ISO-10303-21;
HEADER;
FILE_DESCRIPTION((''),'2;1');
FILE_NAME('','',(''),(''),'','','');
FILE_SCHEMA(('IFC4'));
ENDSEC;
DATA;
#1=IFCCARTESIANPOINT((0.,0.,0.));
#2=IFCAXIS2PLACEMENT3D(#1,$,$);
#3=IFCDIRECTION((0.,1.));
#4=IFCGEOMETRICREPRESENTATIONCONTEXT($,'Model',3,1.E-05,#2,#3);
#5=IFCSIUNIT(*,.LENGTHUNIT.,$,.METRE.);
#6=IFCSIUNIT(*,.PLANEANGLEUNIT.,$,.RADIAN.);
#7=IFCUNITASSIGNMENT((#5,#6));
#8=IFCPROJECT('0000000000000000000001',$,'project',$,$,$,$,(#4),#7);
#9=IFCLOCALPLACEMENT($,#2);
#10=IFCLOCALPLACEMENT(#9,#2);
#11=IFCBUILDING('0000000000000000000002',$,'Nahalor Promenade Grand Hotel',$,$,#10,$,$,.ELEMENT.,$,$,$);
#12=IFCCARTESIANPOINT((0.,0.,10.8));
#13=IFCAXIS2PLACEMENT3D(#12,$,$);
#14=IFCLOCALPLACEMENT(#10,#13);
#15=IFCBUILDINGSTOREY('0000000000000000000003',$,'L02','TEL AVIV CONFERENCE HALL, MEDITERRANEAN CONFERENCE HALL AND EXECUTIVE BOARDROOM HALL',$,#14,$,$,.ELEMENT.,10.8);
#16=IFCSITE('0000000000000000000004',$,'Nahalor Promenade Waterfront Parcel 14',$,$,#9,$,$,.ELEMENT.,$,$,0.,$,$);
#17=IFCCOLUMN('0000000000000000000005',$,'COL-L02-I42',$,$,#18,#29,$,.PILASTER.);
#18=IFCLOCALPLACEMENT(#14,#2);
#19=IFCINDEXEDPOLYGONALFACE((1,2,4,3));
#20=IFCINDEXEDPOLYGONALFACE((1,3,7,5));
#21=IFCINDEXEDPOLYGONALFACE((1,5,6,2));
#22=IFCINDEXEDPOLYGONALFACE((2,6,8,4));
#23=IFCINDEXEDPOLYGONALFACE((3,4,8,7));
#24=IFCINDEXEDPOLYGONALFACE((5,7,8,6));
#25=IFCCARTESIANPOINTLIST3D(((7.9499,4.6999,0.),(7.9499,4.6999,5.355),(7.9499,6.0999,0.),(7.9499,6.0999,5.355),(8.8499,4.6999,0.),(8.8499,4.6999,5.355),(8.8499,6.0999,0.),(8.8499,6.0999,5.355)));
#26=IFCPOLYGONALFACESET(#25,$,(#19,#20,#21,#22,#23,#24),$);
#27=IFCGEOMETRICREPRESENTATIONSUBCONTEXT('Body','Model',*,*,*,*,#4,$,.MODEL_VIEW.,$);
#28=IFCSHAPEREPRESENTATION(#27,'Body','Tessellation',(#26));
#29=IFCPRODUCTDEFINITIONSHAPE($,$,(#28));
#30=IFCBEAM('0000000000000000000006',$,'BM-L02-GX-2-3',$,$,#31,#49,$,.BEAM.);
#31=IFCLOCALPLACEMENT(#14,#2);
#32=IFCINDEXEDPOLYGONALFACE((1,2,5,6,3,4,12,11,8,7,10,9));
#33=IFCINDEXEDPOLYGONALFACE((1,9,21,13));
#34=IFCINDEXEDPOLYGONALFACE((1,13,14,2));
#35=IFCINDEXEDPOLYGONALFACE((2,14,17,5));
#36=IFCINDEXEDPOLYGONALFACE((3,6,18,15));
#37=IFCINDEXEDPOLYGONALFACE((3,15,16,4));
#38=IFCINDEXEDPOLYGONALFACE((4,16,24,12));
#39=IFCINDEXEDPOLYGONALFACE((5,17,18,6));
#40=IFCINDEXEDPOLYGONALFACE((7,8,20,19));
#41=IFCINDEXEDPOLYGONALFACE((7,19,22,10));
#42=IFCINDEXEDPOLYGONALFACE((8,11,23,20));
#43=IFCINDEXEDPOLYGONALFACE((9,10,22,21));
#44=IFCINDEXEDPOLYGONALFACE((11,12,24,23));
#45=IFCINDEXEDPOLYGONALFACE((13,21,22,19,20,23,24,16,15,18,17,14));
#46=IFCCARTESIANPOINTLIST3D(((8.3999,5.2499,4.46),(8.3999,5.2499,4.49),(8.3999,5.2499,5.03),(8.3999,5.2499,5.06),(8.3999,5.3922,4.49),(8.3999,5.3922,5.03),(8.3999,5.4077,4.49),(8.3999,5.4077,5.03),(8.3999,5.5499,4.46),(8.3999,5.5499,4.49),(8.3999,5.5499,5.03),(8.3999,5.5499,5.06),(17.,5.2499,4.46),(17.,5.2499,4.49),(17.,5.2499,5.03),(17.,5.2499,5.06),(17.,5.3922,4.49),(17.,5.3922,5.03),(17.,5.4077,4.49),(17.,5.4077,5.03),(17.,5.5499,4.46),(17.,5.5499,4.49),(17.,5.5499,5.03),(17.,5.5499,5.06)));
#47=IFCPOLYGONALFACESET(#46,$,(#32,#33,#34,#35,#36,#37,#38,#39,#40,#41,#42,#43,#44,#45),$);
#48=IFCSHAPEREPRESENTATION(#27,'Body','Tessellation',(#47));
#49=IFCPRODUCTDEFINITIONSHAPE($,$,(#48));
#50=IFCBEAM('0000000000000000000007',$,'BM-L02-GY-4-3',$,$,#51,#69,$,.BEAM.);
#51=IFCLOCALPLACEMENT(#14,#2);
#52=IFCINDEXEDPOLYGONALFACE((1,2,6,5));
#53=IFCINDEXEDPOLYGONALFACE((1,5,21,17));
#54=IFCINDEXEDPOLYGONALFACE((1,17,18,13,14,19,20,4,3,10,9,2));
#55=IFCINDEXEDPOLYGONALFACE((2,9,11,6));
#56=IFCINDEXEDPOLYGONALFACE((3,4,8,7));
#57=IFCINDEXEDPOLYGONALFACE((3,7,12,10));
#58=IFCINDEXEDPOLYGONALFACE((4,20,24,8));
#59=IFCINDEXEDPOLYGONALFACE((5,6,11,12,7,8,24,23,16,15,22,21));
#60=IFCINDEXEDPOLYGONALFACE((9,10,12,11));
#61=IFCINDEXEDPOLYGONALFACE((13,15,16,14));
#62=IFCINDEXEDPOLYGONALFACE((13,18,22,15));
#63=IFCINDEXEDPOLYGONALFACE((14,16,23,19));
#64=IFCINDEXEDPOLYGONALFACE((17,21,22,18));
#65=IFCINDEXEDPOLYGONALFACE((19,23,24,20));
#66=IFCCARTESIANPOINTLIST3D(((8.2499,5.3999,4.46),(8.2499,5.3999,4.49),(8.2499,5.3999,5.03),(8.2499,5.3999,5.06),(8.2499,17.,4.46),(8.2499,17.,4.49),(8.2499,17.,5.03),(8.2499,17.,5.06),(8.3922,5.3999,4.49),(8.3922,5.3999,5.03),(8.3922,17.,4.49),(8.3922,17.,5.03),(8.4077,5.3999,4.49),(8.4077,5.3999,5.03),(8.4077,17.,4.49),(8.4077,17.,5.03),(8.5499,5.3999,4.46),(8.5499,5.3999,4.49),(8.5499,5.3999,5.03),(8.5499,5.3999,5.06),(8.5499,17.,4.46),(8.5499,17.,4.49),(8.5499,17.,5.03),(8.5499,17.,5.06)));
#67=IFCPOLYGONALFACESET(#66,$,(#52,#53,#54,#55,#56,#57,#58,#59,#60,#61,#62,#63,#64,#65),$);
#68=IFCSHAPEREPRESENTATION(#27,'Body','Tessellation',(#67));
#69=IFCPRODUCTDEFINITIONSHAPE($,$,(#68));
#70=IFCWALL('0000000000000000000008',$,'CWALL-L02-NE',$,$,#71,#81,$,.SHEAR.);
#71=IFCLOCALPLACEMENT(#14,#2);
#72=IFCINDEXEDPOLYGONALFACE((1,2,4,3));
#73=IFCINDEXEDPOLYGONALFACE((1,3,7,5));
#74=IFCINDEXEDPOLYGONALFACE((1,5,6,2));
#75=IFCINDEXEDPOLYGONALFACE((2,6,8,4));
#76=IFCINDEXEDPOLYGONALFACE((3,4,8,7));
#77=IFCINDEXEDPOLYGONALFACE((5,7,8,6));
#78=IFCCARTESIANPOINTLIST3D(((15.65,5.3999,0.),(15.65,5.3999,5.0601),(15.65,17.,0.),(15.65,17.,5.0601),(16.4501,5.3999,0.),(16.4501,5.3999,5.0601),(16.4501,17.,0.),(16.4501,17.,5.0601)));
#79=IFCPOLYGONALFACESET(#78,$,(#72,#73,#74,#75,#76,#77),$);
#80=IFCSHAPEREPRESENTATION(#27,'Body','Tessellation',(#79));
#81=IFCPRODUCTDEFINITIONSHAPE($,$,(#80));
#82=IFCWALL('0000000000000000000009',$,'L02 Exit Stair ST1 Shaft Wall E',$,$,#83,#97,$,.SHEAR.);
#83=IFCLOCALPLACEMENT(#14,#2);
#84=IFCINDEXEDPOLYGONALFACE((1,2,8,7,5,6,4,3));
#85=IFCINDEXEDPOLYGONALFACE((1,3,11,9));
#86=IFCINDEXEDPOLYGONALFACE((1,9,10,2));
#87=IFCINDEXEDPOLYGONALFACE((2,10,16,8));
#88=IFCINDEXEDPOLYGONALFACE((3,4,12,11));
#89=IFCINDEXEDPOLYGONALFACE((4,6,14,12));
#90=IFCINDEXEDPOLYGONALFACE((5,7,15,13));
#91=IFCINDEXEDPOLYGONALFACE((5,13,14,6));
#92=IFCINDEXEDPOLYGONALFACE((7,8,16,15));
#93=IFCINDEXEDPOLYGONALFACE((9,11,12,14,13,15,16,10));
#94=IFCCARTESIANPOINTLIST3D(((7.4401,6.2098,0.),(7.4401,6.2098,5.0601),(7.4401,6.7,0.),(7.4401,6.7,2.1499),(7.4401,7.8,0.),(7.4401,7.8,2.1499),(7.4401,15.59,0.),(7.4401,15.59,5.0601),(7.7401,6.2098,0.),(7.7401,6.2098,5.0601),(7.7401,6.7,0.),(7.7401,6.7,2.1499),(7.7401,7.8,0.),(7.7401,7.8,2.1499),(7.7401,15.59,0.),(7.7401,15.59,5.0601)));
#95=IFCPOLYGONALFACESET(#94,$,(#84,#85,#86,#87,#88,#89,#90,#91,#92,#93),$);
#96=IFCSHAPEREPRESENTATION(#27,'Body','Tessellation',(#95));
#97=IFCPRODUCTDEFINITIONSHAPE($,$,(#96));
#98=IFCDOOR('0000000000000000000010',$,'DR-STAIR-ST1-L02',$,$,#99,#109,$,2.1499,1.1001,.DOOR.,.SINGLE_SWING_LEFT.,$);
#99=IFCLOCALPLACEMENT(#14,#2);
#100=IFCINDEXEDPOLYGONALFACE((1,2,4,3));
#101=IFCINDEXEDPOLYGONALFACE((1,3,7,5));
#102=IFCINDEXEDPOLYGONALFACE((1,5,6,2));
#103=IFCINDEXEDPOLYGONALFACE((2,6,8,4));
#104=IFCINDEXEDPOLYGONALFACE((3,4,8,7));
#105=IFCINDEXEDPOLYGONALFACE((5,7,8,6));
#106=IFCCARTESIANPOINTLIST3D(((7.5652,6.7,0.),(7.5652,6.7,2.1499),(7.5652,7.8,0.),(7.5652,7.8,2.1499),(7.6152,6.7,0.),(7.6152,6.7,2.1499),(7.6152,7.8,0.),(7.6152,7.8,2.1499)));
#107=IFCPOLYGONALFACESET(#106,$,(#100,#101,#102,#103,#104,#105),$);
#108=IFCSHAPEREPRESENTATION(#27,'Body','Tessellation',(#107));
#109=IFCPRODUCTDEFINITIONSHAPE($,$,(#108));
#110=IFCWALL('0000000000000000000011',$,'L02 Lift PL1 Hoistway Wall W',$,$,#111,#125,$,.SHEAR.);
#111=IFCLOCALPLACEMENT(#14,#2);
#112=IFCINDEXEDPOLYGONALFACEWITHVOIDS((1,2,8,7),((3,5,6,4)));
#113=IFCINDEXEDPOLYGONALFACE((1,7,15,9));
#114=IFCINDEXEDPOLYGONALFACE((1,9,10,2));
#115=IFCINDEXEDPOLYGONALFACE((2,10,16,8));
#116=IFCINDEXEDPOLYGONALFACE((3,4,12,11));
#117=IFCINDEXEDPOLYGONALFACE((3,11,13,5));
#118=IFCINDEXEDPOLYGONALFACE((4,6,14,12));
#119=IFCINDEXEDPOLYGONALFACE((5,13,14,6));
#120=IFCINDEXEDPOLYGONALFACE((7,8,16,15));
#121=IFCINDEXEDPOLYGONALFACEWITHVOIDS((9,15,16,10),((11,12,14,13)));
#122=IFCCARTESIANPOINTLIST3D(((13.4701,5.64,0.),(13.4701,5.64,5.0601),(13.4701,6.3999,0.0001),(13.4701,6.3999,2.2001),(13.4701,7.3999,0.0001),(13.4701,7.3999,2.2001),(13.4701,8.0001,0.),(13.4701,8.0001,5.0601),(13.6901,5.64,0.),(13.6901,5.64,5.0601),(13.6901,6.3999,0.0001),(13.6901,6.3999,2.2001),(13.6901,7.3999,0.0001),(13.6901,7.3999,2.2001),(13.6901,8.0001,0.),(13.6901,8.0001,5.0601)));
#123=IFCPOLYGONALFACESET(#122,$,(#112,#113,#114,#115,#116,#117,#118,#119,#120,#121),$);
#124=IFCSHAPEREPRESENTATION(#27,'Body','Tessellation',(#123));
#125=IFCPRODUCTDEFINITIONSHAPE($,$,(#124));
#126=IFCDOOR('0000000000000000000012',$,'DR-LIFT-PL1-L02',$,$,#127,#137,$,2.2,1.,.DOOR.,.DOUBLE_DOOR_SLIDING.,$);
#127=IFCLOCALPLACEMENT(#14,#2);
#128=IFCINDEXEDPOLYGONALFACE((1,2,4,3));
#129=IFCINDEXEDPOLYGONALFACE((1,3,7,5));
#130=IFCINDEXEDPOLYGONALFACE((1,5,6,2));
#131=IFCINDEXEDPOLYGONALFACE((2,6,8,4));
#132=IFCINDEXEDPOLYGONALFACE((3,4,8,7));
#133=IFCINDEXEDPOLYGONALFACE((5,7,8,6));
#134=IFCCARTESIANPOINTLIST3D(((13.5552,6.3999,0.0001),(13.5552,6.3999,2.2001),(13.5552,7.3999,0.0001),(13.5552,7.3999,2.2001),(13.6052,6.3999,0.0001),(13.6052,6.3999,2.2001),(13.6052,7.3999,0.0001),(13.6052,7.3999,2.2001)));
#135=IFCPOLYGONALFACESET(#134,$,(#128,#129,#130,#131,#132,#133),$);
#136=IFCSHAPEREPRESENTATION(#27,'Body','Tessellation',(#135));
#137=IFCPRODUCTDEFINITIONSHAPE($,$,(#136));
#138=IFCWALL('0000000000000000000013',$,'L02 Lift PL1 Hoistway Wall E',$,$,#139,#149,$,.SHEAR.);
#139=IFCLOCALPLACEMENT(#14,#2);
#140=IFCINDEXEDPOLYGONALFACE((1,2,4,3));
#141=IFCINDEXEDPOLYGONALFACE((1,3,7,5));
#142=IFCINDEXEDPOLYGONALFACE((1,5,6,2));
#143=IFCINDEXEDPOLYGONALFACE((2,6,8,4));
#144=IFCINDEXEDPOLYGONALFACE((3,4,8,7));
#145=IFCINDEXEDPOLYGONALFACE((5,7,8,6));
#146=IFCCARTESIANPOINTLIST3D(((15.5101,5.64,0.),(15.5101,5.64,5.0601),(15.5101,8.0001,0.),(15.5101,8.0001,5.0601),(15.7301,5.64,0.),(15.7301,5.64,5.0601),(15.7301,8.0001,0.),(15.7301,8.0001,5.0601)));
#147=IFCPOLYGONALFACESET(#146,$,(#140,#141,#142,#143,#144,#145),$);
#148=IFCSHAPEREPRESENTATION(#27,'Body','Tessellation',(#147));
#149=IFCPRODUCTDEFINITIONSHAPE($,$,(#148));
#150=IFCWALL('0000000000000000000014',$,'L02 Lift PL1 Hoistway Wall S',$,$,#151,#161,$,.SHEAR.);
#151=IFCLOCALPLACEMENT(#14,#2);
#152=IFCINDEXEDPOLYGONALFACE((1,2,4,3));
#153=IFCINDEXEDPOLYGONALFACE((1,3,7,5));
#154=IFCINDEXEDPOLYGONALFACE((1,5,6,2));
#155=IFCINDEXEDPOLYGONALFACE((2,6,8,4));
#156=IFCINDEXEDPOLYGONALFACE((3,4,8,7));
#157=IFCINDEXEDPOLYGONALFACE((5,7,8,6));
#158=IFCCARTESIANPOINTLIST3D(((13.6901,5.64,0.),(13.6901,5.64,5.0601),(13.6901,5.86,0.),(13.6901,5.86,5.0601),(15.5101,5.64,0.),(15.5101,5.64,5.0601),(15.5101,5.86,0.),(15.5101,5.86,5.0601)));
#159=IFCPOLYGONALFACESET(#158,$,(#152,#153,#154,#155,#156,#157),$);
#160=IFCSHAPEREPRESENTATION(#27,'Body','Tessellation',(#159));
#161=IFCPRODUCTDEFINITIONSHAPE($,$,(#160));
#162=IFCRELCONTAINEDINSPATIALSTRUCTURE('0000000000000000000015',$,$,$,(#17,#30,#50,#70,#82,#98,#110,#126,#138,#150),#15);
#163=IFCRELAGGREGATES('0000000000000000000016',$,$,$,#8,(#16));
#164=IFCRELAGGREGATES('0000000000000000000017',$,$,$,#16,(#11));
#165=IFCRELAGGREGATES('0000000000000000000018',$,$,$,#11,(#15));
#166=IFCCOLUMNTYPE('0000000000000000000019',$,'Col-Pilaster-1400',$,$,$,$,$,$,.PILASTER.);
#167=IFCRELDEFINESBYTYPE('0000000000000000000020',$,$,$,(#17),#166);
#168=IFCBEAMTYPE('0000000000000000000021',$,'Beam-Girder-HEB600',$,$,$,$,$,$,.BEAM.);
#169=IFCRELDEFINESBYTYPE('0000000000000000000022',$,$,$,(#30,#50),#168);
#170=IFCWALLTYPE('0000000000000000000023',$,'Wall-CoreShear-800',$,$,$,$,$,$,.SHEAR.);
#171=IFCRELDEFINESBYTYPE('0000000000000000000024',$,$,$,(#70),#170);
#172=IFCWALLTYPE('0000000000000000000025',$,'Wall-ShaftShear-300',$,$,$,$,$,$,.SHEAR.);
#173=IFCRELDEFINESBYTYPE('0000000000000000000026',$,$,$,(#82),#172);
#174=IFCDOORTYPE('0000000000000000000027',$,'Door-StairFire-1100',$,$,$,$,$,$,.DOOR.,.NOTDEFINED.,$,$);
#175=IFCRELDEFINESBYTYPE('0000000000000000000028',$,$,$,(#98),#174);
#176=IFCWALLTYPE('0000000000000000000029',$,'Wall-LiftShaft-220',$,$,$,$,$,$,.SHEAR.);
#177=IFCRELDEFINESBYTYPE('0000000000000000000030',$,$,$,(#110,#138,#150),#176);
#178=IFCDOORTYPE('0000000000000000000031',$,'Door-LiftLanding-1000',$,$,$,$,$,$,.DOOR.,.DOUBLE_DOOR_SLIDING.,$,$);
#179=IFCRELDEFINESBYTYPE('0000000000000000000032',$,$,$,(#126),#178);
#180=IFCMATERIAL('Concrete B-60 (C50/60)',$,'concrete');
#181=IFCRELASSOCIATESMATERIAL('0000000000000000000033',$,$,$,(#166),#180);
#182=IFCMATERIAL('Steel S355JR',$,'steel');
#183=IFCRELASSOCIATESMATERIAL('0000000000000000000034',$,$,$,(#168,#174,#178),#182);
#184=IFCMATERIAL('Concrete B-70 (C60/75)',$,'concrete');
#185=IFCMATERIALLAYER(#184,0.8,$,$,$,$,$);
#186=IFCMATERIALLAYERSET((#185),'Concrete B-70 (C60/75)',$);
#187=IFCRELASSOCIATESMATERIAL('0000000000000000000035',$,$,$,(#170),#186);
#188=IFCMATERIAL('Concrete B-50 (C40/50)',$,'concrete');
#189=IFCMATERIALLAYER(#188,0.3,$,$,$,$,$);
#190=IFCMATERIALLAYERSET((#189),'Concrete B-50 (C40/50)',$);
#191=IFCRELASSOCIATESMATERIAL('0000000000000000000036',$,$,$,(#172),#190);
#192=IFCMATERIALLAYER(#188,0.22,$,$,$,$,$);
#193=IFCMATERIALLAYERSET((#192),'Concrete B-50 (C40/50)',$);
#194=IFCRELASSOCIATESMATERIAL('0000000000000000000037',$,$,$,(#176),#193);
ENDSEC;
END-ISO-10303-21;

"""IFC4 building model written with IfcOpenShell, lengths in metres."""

from ifc_helpers import new_model, si_unit, direction, frame, frame_2d, origin, origin_2d, place, context, subcontext, project, spatial, rectangle, i_section, extrude, source, transform, mapped, material, layer, layer_set, material_profile, profile_set, type_object, element, fill, save


model = new_model("IFC4")

# Units and contexts
model_context = context("Model", 3, precision=1e-05, world=origin(), true_north=direction((0.0, 1.0)))
body_context = subcontext(model_context, "Body", "Model", "MODEL_VIEW")
ifc_project = project(units=[si_unit("LENGTHUNIT", "METRE"), si_unit("PLANEANGLEUNIT", "RADIAN")], contexts=[model_context])

# Site, building, storey
site_placement = place(None, origin())
site = spatial("IfcSite", under=ifc_project, at=site_placement, Name="Nahalor Promenade Waterfront Parcel 14", CompositionType="ELEMENT", RefElevation=0.0)
building_placement = place(site_placement, origin())
building = spatial("IfcBuilding", under=site, at=building_placement, Name="Nahalor Promenade Grand Hotel", CompositionType="ELEMENT")
storey_placement = place(building_placement, frame((0.0, 0.0, 10.8)))
storey = spatial("IfcBuildingStorey", under=building, at=storey_placement, Name="L02", Description="TEL AVIV CONFERENCE HALL, MEDITERRANEAN CONFERENCE HALL AND EXECUTIVE BOARDROOM HALL", CompositionType="ELEMENT", Elevation=10.8)

# Column
ifc_material_1 = material(Name="Concrete B-60 (C50/60)", Category="concrete")
ifc_material_profile_1 = material_profile(ifc_material_1, rectangle(XDim=0.9, YDim=1.4, at=origin_2d()), Name="RC 900x1400")
ifc_profile_set_1 = profile_set([ifc_material_profile_1], Name="Concrete B-60 (C50/60)")
column_type = type_object("IfcColumnType", Name="Col-Pilaster-1400", PredefinedType="PILASTER", material=ifc_profile_set_1)
shared_shape_1 = source(origin(), body_context, "Body", "SweptSolid", [
    extrude(rectangle(XDim=0.9, YDim=1.4, at=origin_2d()), origin(), (0.0, 0.0, 1.0), 5.355),
])
column_placement = place(storey_placement, frame((8.3999, 5.3999, 0.0), z_axis=(0.0, 0.0, 1.0), x_axis=(1.0, 0.0, 0.0)))
element("IfcColumn", 1, at=column_placement, inside=storey, type_object=column_type, Name="COL-L02-I42", PredefinedType="PILASTER", context=body_context, shape_type="MappedRepresentation", body=[
    mapped(shared_shape_1, transform((0.0, 0.0, 0.0), scale=1.0)),
])

# Beams
ifc_material_2 = material(Name="Steel S355JR", Category="steel")
ifc_material_profile_2 = material_profile(ifc_material_2, i_section(OverallWidth=0.3, OverallDepth=0.6, WebThickness=0.0155, FlangeThickness=0.03, at=origin_2d()), Name="HEB 600")
ifc_profile_set_2 = profile_set([ifc_material_profile_2], Name="Steel S355JR")
beam_type = type_object("IfcBeamType", Name="Beam-Girder-HEB600", PredefinedType="BEAM", material=ifc_profile_set_2)
shared_shape_2 = source(origin(), body_context, "Body", "SweptSolid", [
    extrude(i_section(OverallWidth=0.3, OverallDepth=0.6, WebThickness=0.0155, FlangeThickness=0.03, at=origin_2d()), origin(), (0.0, 0.0, 1.0), 8.6001),
])
beam_1_placement = place(storey_placement, frame((8.3999, 5.3999, 4.76), z_axis=(1.0, 0.0, 0.0), x_axis=(0.0, 1.0, 0.0)))
element("IfcBeam", 2, at=beam_1_placement, inside=storey, type_object=beam_type, Name="BM-L02-GX-2-3", PredefinedType="BEAM", context=body_context, shape_type="MappedRepresentation", body=[
    mapped(shared_shape_2, transform((0.0, 0.0, 0.0), scale=1.0)),
])
shared_shape_3 = source(origin(), body_context, "Body", "SweptSolid", [
    extrude(i_section(OverallWidth=0.3, OverallDepth=0.6, WebThickness=0.0155, FlangeThickness=0.03, at=origin_2d()), origin(), (0.0, 0.0, 1.0), 11.6001),
])
beam_2_placement = place(storey_placement, frame((8.3999, 5.3999, 4.76), z_axis=(0.0, 1.0, 0.0), x_axis=(-1.0, 0.0, 0.0)))
element("IfcBeam", 3, at=beam_2_placement, inside=storey, type_object=beam_type, Name="BM-L02-GY-4-3", PredefinedType="BEAM", context=body_context, shape_type="MappedRepresentation", body=[
    mapped(shared_shape_3, transform((0.0, 0.0, 0.0), scale=1.0)),
])

# Wall
ifc_material_3 = material(Name="Concrete B-70 (C60/75)", Category="concrete")
ifc_layer_1 = layer(ifc_material_3, 0.8)
ifc_layer_set_1 = layer_set([ifc_layer_1], Name="Concrete B-70 (C60/75)")
wall_type_1 = type_object("IfcWallType", Name="Wall-CoreShear-800", PredefinedType="SHEAR", material=ifc_layer_set_1)
shared_shape_4 = source(origin(), body_context, "Body", "SweptSolid", [
    extrude(rectangle(XDim=11.6001, YDim=0.8, at=frame_2d((5.8, 0.0))), origin(), (0.0, 0.0, 1.0), 5.0601),
])
wall_1_placement = place(storey_placement, frame((16.05, 5.3999, 0.0), z_axis=(0.0, 0.0, 1.0), x_axis=(0.0, 1.0, 0.0)))
element("IfcWall", 4, at=wall_1_placement, inside=storey, type_object=wall_type_1, Name="CWALL-L02-NE", PredefinedType="SHEAR", context=body_context, shape_type="MappedRepresentation", body=[
    mapped(shared_shape_4, transform((0.0, 0.0, 0.0), scale=1.0)),
])

# Walls, openings, doors
ifc_material_4 = material(Name="Concrete B-50 (C40/50)", Category="concrete")
ifc_layer_2 = layer(ifc_material_4, 0.3)
ifc_layer_set_2 = layer_set([ifc_layer_2], Name="Concrete B-50 (C40/50)")
wall_type_2 = type_object("IfcWallType", Name="Wall-ShaftShear-300", PredefinedType="SHEAR", material=ifc_layer_set_2)
shared_shape_5 = source(origin(), body_context, "Body", "SweptSolid", [
    extrude(rectangle(XDim=9.3801, YDim=0.3, at=frame_2d((4.6899, 0.0))), origin(), (0.0, 0.0, 1.0), 5.0601),
])
wall_2_placement = place(storey_placement, frame((7.5901, 6.21, 0.0), z_axis=(0.0, 0.0, 1.0), x_axis=(0.0, 1.0, 0.0)))
wall_2 = element("IfcWall", 5, at=wall_2_placement, inside=storey, type_object=wall_type_2, Name="L02 Exit Stair ST1 Shaft Wall E", PredefinedType="SHEAR", context=body_context, shape_type="MappedRepresentation", body=[
    mapped(shared_shape_5, transform((0.0, 0.0, 0.0), scale=1.0)),
])
opening_1_placement = place(wall_2_placement, frame((0.49, 0.0, 0.0)))
opening_1 = element("IfcOpeningElement", 6, at=opening_1_placement, cuts=wall_2, PredefinedType="OPENING", context=body_context, shape_type="SweptSolid", body=[
    extrude(rectangle(XDim=1.1001, YDim=2.1499, at=frame_2d((0.55, 1.075))), frame((0.0, 0.1599, 0.0), z_axis=(0.0, -1.0, 0.0), x_axis=(1.0, 0.0, 0.0)), (0.0, 0.0, 1.0), 0.3201),
])
door_type_1 = type_object("IfcDoorType", Name="Door-StairFire-1100", OperationType="NOTDEFINED", PredefinedType="DOOR", material=ifc_material_2)
shared_shape_6 = source(origin(), body_context, "Body", "SweptSolid", [
    extrude(rectangle(XDim=1.1001, YDim=2.1499, at=frame_2d((0.55, 1.075))), frame((0.0, 0.0249, 0.0), z_axis=(0.0, -1.0, 0.0), x_axis=(1.0, 0.0, 0.0)), (0.0, 0.0, 1.0), 0.05),
])
door_1_placement = place(opening_1_placement, origin())
door_1 = element("IfcDoor", 7, at=door_1_placement, inside=storey, type_object=door_type_1, Name="DR-STAIR-ST1-L02", OperationType="SINGLE_SWING_LEFT", OverallHeight=2.1499, OverallWidth=1.1001, PredefinedType="DOOR", context=body_context, shape_type="MappedRepresentation", body=[
    mapped(shared_shape_6, transform((0.0, 0.0, 0.0), scale=1.0)),
])
fill(opening_1, door_1)
ifc_layer_3 = layer(ifc_material_4, 0.22)
ifc_layer_set_3 = layer_set([ifc_layer_3], Name="Concrete B-50 (C40/50)")
wall_type_3 = type_object("IfcWallType", Name="Wall-LiftShaft-220", PredefinedType="SHEAR", material=ifc_layer_set_3)
shared_shape_7 = source(origin(), body_context, "Body", "SweptSolid", [
    extrude(rectangle(XDim=2.3601, YDim=0.22, at=frame_2d((1.1802, 0.0))), origin(), (0.0, 0.0, 1.0), 5.0601),
])
wall_3_placement = place(storey_placement, frame((13.5801, 5.6399, 0.0), z_axis=(0.0, 0.0, 1.0), x_axis=(0.0, 1.0, 0.0)))
wall_3 = element("IfcWall", 8, at=wall_3_placement, inside=storey, type_object=wall_type_3, Name="L02 Lift PL1 Hoistway Wall W", PredefinedType="SHEAR", context=body_context, shape_type="MappedRepresentation", body=[
    mapped(shared_shape_7, transform((0.0, 0.0, 0.0), scale=1.0)),
])
opening_2_placement = place(wall_3_placement, frame((0.76, 0.0, 0.0)))
opening_2 = element("IfcOpeningElement", 9, at=opening_2_placement, cuts=wall_3, PredefinedType="OPENING", context=body_context, shape_type="SweptSolid", body=[
    extrude(rectangle(XDim=1.0, YDim=2.2, at=frame_2d((0.5, 1.1001))), frame((0.0, 0.1199, 0.0), z_axis=(0.0, -1.0, 0.0), x_axis=(1.0, 0.0, 0.0)), (0.0, 0.0, 1.0), 0.24),
])
door_type_2 = type_object("IfcDoorType", Name="Door-LiftLanding-1000", OperationType="DOUBLE_DOOR_SLIDING", PredefinedType="DOOR", material=ifc_material_2)
shared_shape_8 = source(origin(), body_context, "Body", "SweptSolid", [
    extrude(rectangle(XDim=1.0, YDim=2.2, at=frame_2d((0.5, 1.1001))), frame((0.0, 0.0249, 0.0), z_axis=(0.0, -1.0, 0.0), x_axis=(1.0, 0.0, 0.0)), (0.0, 0.0, 1.0), 0.05),
])
door_2_placement = place(opening_2_placement, origin())
door_2 = element("IfcDoor", 10, at=door_2_placement, inside=storey, type_object=door_type_2, Name="DR-LIFT-PL1-L02", OperationType="DOUBLE_DOOR_SLIDING", OverallHeight=2.2, OverallWidth=1.0, PredefinedType="DOOR", context=body_context, shape_type="MappedRepresentation", body=[
    mapped(shared_shape_8, transform((0.0, 0.0, 0.0), scale=1.0)),
])
fill(opening_2, door_2)

# Walls
wall_4_placement = place(storey_placement, frame((15.6201, 5.6399, 0.0), z_axis=(0.0, 0.0, 1.0), x_axis=(0.0, 1.0, 0.0)))
element("IfcWall", 11, at=wall_4_placement, inside=storey, type_object=wall_type_3, Name="L02 Lift PL1 Hoistway Wall E", PredefinedType="SHEAR", context=body_context, shape_type="MappedRepresentation", body=[
    mapped(shared_shape_7, transform((0.0, 0.0, 0.0), scale=1.0)),
])
shared_shape_9 = source(origin(), body_context, "Body", "SweptSolid", [
    extrude(rectangle(XDim=1.8201, YDim=0.22, at=frame_2d((0.9102, 0.0))), origin(), (0.0, 0.0, 1.0), 5.0601),
])
wall_5_placement = place(storey_placement, frame((13.6899, 5.75, 0.0), z_axis=(0.0, 0.0, 1.0), x_axis=(1.0, 0.0, 0.0)))
element("IfcWall", 12, at=wall_5_placement, inside=storey, type_object=wall_type_3, Name="L02 Lift PL1 Hoistway Wall S", PredefinedType="SHEAR", context=body_context, shape_type="MappedRepresentation", body=[
    mapped(shared_shape_9, transform((0.0, 0.0, 0.0), scale=1.0)),
])

save(model, "model.ifc")
